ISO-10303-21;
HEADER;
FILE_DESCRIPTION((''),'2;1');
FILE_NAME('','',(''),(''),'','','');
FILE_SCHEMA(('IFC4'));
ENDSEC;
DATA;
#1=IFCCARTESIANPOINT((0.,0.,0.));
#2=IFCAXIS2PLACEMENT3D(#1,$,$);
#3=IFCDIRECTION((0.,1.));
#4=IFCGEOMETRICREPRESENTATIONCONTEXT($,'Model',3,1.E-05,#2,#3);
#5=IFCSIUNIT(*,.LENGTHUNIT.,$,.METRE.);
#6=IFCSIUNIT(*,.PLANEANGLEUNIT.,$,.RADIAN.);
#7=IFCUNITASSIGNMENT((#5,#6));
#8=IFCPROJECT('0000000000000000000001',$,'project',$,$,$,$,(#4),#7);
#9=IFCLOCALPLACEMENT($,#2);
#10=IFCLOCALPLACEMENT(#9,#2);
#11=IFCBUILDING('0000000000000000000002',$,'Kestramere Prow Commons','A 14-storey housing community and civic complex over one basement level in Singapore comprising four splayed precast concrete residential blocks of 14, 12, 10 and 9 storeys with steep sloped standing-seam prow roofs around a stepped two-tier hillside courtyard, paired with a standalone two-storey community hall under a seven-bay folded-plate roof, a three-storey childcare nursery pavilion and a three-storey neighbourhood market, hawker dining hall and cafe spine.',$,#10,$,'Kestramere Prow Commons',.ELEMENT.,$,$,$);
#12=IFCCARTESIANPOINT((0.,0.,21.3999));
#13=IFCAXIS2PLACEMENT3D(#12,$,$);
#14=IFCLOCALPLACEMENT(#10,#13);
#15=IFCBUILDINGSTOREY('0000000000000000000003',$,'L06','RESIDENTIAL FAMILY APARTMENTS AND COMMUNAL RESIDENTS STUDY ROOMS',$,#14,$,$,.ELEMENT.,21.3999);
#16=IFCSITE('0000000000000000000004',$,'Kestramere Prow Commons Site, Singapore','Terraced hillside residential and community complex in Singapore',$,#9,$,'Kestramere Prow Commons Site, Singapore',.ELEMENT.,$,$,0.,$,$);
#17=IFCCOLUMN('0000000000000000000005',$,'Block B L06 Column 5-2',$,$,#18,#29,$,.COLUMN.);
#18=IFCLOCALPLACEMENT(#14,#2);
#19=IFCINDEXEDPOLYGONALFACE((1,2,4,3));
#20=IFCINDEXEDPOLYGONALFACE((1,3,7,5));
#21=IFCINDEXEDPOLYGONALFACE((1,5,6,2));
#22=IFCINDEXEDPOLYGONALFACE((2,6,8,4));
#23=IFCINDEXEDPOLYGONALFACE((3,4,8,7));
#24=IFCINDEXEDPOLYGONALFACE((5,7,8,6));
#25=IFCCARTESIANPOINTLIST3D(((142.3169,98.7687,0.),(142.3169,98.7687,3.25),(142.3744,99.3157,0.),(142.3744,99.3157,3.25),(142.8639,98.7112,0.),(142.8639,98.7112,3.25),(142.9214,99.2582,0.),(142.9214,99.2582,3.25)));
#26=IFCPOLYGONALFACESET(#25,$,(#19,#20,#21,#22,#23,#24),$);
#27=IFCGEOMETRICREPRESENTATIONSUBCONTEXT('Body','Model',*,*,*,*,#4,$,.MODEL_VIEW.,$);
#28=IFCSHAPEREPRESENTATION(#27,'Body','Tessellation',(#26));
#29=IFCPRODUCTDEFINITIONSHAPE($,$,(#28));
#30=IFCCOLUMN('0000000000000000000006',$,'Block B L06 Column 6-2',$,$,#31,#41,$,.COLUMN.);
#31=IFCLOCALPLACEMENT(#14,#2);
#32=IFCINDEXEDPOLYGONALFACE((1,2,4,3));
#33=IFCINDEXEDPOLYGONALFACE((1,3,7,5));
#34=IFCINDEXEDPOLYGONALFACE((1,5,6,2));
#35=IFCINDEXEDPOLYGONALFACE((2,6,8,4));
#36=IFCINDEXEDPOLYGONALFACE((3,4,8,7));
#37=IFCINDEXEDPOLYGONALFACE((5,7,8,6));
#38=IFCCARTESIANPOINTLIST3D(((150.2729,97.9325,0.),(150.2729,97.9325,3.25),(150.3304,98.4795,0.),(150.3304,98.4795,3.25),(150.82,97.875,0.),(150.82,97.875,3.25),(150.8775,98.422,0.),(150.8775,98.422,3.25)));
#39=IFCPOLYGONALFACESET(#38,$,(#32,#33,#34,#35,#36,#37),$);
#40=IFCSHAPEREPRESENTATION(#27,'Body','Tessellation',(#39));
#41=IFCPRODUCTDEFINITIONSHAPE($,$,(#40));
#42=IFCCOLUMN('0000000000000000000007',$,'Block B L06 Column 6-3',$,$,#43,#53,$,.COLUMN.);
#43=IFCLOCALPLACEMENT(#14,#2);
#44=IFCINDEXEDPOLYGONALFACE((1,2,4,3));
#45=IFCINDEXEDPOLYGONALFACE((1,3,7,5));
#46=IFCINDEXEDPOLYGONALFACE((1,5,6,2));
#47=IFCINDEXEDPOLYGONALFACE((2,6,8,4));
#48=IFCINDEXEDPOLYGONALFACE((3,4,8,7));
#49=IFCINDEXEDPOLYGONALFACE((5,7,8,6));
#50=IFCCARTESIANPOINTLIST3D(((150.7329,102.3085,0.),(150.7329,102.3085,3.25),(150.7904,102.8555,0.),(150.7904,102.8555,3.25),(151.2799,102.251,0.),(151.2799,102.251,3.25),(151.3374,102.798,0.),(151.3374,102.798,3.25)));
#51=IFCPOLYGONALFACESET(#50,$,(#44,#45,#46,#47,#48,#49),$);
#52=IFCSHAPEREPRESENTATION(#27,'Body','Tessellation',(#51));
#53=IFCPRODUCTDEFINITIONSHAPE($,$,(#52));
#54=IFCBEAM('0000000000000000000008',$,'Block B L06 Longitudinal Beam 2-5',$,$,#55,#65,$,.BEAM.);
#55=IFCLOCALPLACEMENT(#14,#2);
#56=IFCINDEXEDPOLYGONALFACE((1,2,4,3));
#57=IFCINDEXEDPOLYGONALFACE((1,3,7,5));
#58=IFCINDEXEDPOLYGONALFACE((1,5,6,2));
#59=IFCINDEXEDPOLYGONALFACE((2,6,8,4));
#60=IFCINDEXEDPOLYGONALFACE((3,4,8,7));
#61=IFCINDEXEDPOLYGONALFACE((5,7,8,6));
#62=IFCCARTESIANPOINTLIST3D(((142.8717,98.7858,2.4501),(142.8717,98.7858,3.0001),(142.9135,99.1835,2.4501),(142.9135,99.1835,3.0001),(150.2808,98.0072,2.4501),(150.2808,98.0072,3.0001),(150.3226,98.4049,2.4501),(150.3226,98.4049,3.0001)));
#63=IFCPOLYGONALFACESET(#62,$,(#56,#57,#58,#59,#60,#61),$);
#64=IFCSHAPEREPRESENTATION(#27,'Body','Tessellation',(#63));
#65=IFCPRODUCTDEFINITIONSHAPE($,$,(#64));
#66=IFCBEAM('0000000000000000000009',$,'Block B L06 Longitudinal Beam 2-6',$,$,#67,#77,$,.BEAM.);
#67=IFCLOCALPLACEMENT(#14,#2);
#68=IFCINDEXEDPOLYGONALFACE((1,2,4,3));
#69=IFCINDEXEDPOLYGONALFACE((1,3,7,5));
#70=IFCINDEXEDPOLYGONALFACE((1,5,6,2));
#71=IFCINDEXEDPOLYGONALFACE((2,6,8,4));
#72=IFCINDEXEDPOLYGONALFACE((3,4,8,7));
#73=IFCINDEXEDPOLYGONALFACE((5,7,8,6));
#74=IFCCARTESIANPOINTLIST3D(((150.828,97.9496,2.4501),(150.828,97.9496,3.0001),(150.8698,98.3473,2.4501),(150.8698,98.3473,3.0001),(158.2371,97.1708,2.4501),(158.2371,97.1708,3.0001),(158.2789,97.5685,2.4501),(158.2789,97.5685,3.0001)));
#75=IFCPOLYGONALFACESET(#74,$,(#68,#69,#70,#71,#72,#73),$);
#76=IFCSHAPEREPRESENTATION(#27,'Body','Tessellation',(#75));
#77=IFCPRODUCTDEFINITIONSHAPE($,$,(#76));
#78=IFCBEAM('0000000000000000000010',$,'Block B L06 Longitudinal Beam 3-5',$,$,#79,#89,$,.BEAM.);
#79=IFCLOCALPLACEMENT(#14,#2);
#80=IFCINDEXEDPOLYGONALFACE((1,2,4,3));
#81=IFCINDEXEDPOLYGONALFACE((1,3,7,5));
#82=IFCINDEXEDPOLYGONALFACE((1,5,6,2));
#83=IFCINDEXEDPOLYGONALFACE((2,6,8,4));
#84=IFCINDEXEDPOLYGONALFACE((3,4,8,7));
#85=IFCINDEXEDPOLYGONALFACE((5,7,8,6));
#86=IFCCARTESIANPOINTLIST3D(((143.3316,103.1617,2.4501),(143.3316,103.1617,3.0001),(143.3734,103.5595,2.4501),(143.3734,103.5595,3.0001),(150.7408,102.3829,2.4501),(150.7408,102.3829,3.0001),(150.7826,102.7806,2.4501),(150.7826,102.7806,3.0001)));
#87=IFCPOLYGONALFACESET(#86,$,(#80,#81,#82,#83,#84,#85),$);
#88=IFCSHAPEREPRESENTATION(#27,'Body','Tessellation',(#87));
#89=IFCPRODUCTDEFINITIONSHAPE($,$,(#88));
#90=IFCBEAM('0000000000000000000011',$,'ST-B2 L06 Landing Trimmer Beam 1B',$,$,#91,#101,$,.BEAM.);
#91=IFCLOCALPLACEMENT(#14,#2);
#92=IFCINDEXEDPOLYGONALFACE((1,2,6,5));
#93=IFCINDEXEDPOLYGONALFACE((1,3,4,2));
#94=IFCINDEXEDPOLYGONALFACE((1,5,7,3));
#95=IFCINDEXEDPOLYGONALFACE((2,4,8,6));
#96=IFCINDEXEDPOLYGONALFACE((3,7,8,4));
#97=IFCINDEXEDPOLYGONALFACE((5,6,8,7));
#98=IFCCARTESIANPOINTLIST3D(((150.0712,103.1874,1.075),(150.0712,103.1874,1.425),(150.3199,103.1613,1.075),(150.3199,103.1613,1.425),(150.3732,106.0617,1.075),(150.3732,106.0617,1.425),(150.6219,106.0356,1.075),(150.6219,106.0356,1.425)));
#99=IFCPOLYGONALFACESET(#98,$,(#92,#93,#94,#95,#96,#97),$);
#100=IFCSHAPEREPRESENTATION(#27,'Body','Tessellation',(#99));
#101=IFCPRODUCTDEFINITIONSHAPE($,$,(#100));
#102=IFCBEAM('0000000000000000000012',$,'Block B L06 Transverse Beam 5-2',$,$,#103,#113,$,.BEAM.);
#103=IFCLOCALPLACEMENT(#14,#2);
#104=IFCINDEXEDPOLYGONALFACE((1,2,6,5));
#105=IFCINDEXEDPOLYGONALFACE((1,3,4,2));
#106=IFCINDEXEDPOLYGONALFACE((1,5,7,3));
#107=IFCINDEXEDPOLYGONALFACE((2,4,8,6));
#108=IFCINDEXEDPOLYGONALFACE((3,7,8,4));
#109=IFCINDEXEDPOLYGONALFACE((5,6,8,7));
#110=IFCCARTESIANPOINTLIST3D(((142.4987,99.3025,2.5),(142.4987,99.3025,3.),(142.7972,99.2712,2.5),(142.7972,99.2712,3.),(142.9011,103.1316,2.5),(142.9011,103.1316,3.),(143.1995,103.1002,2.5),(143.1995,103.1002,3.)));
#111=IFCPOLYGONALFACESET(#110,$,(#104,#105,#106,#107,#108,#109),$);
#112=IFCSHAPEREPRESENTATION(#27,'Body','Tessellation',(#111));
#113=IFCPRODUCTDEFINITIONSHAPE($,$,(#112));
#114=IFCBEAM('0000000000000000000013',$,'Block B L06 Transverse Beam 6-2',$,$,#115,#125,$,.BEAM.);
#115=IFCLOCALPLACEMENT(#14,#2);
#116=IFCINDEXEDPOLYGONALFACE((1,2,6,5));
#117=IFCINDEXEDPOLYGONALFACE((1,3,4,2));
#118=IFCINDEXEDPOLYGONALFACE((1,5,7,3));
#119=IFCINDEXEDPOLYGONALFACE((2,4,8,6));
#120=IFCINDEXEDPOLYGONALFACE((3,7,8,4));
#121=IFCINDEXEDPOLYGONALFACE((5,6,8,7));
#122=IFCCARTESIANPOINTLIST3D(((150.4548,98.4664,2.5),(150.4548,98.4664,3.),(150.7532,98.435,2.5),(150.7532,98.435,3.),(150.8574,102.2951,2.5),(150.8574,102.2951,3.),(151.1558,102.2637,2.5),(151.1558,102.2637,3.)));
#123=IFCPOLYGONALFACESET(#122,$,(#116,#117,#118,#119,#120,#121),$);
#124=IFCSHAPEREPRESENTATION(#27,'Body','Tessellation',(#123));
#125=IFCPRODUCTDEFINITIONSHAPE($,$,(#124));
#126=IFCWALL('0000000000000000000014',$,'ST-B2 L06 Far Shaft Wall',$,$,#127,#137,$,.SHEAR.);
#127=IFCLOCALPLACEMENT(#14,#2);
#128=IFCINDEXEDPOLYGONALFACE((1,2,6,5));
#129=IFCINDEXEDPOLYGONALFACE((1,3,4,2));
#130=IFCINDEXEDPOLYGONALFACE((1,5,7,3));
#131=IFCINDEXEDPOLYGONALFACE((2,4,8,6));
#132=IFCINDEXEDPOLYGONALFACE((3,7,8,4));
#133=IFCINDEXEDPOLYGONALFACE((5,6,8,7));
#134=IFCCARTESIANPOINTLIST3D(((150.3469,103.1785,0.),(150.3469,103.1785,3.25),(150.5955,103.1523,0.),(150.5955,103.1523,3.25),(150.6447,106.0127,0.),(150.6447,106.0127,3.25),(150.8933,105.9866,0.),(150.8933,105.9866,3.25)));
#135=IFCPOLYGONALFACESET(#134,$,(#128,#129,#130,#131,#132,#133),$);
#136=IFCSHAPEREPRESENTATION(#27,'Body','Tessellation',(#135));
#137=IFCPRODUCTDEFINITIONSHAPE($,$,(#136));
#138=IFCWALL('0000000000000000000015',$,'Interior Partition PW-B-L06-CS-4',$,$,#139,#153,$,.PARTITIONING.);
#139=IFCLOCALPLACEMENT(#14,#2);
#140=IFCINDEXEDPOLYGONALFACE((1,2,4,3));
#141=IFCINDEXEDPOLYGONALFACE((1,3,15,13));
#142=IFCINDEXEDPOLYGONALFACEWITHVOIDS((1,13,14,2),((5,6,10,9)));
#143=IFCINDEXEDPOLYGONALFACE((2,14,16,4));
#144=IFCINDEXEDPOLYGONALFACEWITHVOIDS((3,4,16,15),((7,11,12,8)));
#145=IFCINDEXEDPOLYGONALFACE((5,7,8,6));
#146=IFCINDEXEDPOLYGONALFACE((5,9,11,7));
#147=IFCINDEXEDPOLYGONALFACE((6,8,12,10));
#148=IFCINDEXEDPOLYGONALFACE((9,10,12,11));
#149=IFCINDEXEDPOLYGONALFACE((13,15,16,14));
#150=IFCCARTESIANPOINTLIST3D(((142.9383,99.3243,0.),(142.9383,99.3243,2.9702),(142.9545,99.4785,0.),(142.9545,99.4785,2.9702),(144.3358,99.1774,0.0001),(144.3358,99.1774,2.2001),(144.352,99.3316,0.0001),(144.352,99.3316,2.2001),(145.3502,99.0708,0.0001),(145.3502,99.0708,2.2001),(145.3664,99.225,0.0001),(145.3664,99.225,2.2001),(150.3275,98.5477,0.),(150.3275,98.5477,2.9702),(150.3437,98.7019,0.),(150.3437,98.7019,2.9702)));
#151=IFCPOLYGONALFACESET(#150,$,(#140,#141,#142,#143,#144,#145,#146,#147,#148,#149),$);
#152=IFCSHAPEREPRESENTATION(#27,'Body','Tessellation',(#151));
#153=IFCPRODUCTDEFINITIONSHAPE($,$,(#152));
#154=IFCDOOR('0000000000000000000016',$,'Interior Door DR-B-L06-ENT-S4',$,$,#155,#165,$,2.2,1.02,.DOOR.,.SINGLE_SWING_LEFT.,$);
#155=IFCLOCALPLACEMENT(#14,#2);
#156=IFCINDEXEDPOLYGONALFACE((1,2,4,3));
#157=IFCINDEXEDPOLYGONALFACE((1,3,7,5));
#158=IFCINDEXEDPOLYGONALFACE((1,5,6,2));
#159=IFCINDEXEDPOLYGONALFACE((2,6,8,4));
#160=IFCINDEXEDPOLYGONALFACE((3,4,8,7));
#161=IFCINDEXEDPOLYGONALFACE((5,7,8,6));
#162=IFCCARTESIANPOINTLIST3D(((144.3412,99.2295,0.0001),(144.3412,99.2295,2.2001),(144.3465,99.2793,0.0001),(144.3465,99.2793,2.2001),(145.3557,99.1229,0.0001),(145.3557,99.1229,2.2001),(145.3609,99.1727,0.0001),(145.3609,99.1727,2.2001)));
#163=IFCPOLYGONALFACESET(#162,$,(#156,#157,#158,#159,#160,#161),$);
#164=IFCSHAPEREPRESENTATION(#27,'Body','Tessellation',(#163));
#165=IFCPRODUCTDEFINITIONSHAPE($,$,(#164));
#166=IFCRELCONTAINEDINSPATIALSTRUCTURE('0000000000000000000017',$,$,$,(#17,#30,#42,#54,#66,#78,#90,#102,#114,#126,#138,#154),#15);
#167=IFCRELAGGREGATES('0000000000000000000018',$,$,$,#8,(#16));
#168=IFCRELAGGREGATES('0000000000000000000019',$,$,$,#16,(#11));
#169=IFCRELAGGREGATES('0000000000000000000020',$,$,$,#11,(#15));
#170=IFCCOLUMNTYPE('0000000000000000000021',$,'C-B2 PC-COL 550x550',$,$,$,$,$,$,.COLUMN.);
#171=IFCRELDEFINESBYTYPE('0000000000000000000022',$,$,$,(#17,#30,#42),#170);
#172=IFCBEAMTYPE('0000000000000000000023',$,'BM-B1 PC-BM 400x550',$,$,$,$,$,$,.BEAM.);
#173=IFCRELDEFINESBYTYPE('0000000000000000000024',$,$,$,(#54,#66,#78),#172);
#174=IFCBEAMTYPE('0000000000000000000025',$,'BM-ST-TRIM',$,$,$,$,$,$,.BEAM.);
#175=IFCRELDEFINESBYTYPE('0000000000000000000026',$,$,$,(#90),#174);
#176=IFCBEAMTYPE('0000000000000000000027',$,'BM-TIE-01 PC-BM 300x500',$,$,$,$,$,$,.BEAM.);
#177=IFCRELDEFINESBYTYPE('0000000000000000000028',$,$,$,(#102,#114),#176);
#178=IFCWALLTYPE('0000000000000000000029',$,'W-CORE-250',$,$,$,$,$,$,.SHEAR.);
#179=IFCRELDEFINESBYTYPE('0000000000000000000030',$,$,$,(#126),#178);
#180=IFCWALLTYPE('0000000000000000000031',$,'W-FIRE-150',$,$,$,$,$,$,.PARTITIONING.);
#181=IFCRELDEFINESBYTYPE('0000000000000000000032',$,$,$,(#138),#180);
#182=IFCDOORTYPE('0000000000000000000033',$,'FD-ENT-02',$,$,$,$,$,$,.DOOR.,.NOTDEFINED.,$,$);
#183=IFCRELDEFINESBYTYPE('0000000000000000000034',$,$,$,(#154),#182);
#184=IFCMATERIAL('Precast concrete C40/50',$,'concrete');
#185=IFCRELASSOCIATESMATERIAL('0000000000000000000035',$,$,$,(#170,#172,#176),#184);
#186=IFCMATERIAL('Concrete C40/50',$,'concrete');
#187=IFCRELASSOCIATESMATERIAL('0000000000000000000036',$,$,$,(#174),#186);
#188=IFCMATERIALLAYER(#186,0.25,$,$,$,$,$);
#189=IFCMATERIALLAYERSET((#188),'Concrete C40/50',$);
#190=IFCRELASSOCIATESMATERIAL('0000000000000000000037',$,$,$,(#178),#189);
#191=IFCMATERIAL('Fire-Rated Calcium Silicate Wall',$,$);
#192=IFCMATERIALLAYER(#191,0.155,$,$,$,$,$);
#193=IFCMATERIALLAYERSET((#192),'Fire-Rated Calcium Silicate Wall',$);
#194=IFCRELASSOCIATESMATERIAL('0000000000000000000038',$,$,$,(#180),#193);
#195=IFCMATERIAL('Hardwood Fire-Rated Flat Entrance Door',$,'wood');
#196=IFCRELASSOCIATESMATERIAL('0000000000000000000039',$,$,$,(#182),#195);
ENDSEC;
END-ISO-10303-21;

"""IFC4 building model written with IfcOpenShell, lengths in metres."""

from ifc_helpers import new_model, si_unit, direction, frame, frame_2d, origin, origin_2d, place, context, subcontext, project, spatial, rectangle, extrude, material, layer, layer_set, material_profile, profile_set, type_object, element, fill, save


model = new_model("IFC4")

# Units and contexts
model_context = context("Model", 3, precision=1e-05, world=origin(), true_north=direction((0.0, 1.0)))
body_context = subcontext(model_context, "Body", "Model", "MODEL_VIEW")
ifc_project = project(units=[si_unit("LENGTHUNIT", "METRE"), si_unit("PLANEANGLEUNIT", "RADIAN")], contexts=[model_context])

# Site, building, storey
site_placement = place(None, origin())
site = spatial("IfcSite", under=ifc_project, at=site_placement, Name="Kestramere Prow Commons Site, Singapore", Description="Terraced hillside residential and community complex in Singapore", LongName="Kestramere Prow Commons Site, Singapore", CompositionType="ELEMENT", RefElevation=0.0)
building_placement = place(site_placement, origin())
building = spatial("IfcBuilding", under=site, at=building_placement, Name="Kestramere Prow Commons", Description="A 14-storey housing community and civic complex over one basement level in Singapore comprising four splayed precast concrete residential blocks of 14, 12, 10 and 9 storeys with steep sloped standing-seam prow roofs around a stepped two-tier hillside courtyard, paired with a standalone two-storey community hall under a seven-bay folded-plate roof, a three-storey childcare nursery pavilion and a three-storey neighbourhood market, hawker dining hall and cafe spine.", LongName="Kestramere Prow Commons", CompositionType="ELEMENT")
storey_placement = place(building_placement, frame((0.0, 0.0, 21.3999)))
storey = spatial("IfcBuildingStorey", under=building, at=storey_placement, Name="L06", Description="RESIDENTIAL FAMILY APARTMENTS AND COMMUNAL RESIDENTS STUDY ROOMS", CompositionType="ELEMENT", Elevation=21.3999)

# Columns
ifc_material_1 = material(Name="Precast concrete C40/50", Category="concrete")
ifc_material_profile_1 = material_profile(ifc_material_1, rectangle(XDim=0.55, YDim=0.55, at=origin_2d()), Name="PC-COL 550x550")
ifc_profile_set_1 = profile_set([ifc_material_profile_1], Name="Precast concrete C40/50")
column_type = type_object("IfcColumnType", Name="C-B2 PC-COL 550x550", PredefinedType="COLUMN", material=ifc_profile_set_1)
for number, where, z_axis, x_axis, name in (
    (1, (142.6191, 99.0134, 0.0), (0.0, 0.0, 1.0), (0.994522, -0.104528, 0.0), "Block B L06 Column 5-2"),
    (2, (150.5752, 98.1772, 0.0), (0.0, 0.0, 1.0), (0.994522, -0.104528, 0.0), "Block B L06 Column 6-2"),
    (3, (151.0352, 102.5532, 0.0), (0.0, 0.0, 1.0), (0.994522, -0.104528, 0.0), "Block B L06 Column 6-3"),
):
    element("IfcColumn", number, at=place(storey_placement, frame(where, z_axis=z_axis, x_axis=x_axis)), inside=storey, type_object=column_type, Name=name, PredefinedType="COLUMN", context=body_context, shape_type="SweptSolid", body=[
        extrude(rectangle(XDim=0.55, YDim=0.55, at=origin_2d()), origin(), (0.0, 0.0, 1.0), 3.25),
    ])

# Beams
ifc_material_profile_2 = material_profile(ifc_material_1, rectangle(XDim=0.3999, YDim=0.55, at=origin_2d()), Name="PC-BM 400x550")
ifc_profile_set_2 = profile_set([ifc_material_profile_2], Name="Precast concrete C40/50")
beam_type_1 = type_object("IfcBeamType", Name="BM-B1 PC-BM 400x550", PredefinedType="BEAM", material=ifc_profile_set_2)
for number, where, z_axis, x_axis, name in (
    (4, (142.8926, 98.9846, 2.7251), (0.994524, -0.104506, 0.0), (0.104506, 0.994524, 0.0), "Block B L06 Longitudinal Beam 2-5"),
    (5, (150.8489, 98.1484, 2.7251), (0.994521, -0.104538, 0.0), (0.104538, 0.994521, 0.0), "Block B L06 Longitudinal Beam 2-6"),
    (6, (143.3525, 103.3606, 2.7251), (0.994521, -0.104538, 0.0), (0.104538, 0.994521, 0.0), "Block B L06 Longitudinal Beam 3-5"),
):
    element("IfcBeam", number, at=place(storey_placement, frame(where, z_axis=z_axis, x_axis=x_axis)), inside=storey, type_object=beam_type_1, Name=name, PredefinedType="BEAM", context=body_context, shape_type="SweptSolid", body=[
        extrude(rectangle(XDim=0.3999, YDim=0.55, at=origin_2d()), origin(), (0.0, 0.0, 1.0), 7.45),
    ])
ifc_material_2 = material(Name="Concrete C40/50", Category="concrete")
ifc_material_profile_3 = material_profile(ifc_material_2, rectangle(XDim=0.25, YDim=0.3501, at=origin_2d()), Name="PC-BM 250x350")
ifc_profile_set_3 = profile_set([ifc_material_profile_3], Name="Concrete C40/50")
beam_type_2 = type_object("IfcBeamType", Name="BM-ST-TRIM", PredefinedType="BEAM", material=ifc_profile_set_3)
beam_1_placement = place(storey_placement, frame((150.1956, 103.1743, 1.25), z_axis=(0.104496, 0.994525, 0.0), x_axis=(-0.994525, 0.104496, 0.0)))
element("IfcBeam", 7, at=beam_1_placement, inside=storey, type_object=beam_type_2, Name="ST-B2 L06 Landing Trimmer Beam 1B", PredefinedType="BEAM", context=body_context, shape_type="SweptSolid", body=[
    extrude(rectangle(XDim=0.25, YDim=0.3501, at=origin_2d()), origin(), (0.0, 0.0, 1.0), 2.8901),
])
ifc_material_profile_4 = material_profile(ifc_material_1, rectangle(XDim=0.3, YDim=0.5, at=origin_2d()), Name="PC-BM 300x500")
ifc_profile_set_4 = profile_set([ifc_material_profile_4], Name="Precast concrete C40/50")
beam_type_3 = type_object("IfcBeamType", Name="BM-TIE-01 PC-BM 300x500", PredefinedType="BEAM", material=ifc_profile_set_4)
beam_2_placement = place(storey_placement, frame((142.6479, 99.2869, 2.75), z_axis=(0.1045, 0.994525, 0.0), x_axis=(-0.994525, 0.1045, 0.0)))
element("IfcBeam", 8, at=beam_2_placement, inside=storey, type_object=beam_type_3, Name="Block B L06 Transverse Beam 5-2", PredefinedType="BEAM", context=body_context, shape_type="SweptSolid", body=[
    extrude(rectangle(XDim=0.3, YDim=0.5, at=origin_2d()), origin(), (0.0, 0.0, 1.0), 3.8501),
])
beam_3_placement = place(storey_placement, frame((150.604, 98.4507, 2.75), z_axis=(0.104569, 0.994518, 0.0), x_axis=(-0.994518, 0.104569, 0.0)))
element("IfcBeam", 9, at=beam_3_placement, inside=storey, type_object=beam_type_3, Name="Block B L06 Transverse Beam 6-2", PredefinedType="BEAM", context=body_context, shape_type="SweptSolid", body=[
    extrude(rectangle(XDim=0.3, YDim=0.5, at=origin_2d()), origin(), (0.0, 0.0, 1.0), 3.8499),
])

# Wall
ifc_layer_1 = layer(ifc_material_2, 0.25)
ifc_layer_set_1 = layer_set([ifc_layer_1], Name="Concrete C40/50")
wall_type_1 = type_object("IfcWallType", Name="W-CORE-250", PredefinedType="SHEAR", material=ifc_layer_set_1)
wall_1_placement = place(storey_placement, frame((150.4712, 103.1655, 0.0), z_axis=(0.0, 0.0, 1.0), x_axis=(0.104515, 0.994523, 0.0)))
element("IfcWall", 10, at=wall_1_placement, inside=storey, type_object=wall_type_1, Name="ST-B2 L06 Far Shaft Wall", PredefinedType="SHEAR", context=body_context, shape_type="SweptSolid", body=[
    extrude(rectangle(XDim=2.8499, YDim=0.25, at=frame_2d((1.4248, 0.0))), origin(), (0.0, 0.0, 1.0), 3.25),
])

# Wall, opening, door
ifc_material_3 = material(Name="Fire-Rated Calcium Silicate Wall")
ifc_layer_2 = layer(ifc_material_3, 0.155)
ifc_layer_set_2 = layer_set([ifc_layer_2], Name="Fire-Rated Calcium Silicate Wall")
wall_type_2 = type_object("IfcWallType", Name="W-FIRE-150", PredefinedType="PARTITIONING", material=ifc_layer_set_2)
wall_2_placement = place(storey_placement, frame((142.9465, 99.4014, 0.0), z_axis=(0.0, 0.0, 1.0), x_axis=(0.994522, -0.104526, 0.0)))
wall_2 = element("IfcWall", 11, at=wall_2_placement, inside=storey, type_object=wall_type_2, Name="Interior Partition PW-B-L06-CS-4", PredefinedType="PARTITIONING", context=body_context, shape_type="SweptSolid", body=[
    extrude(rectangle(XDim=7.4299, YDim=0.155, at=frame_2d((3.7148, 0.0))), origin(), (0.0, 0.0, 1.0), 2.9702),
])
opening_1_placement = place(wall_2_placement, frame((1.405, 0.0, 0.0)))
opening_1 = element("IfcOpeningElement", 12, at=opening_1_placement, cuts=wall_2, PredefinedType="OPENING", context=body_context, shape_type="SweptSolid", body=[
    extrude(rectangle(XDim=1.02, YDim=2.2, at=frame_2d((0.51, 1.1001))), frame((0.0, 0.0925, 0.0), z_axis=(0.0, -1.0, 0.0), x_axis=(1.0, 0.0, 0.0)), (0.0, 0.0, 1.0), 0.1851),
])
ifc_material_4 = material(Name="Hardwood Fire-Rated Flat Entrance Door", Category="wood")
door_type_1 = type_object("IfcDoorType", Name="FD-ENT-02", OperationType="NOTDEFINED", PredefinedType="DOOR", material=ifc_material_4)
door_1_placement = place(opening_1_placement, origin())
door_1 = element("IfcDoor", 13, at=door_1_placement, inside=storey, type_object=door_type_1, Name="Interior Door DR-B-L06-ENT-S4", OperationType="SINGLE_SWING_LEFT", OverallHeight=2.2, OverallWidth=1.02, PredefinedType="DOOR", context=body_context, shape_type="SweptSolid", body=[
    extrude(rectangle(XDim=1.02, YDim=2.2, at=frame_2d((0.51, 1.1001))), frame((0.0, 0.0249, 0.0), z_axis=(0.0, -1.0, 0.0), x_axis=(1.0, 0.0, 0.0)), (0.0, 0.0, 1.0), 0.05),
])
fill(opening_1, door_1)

save(model, "model.ifc")
